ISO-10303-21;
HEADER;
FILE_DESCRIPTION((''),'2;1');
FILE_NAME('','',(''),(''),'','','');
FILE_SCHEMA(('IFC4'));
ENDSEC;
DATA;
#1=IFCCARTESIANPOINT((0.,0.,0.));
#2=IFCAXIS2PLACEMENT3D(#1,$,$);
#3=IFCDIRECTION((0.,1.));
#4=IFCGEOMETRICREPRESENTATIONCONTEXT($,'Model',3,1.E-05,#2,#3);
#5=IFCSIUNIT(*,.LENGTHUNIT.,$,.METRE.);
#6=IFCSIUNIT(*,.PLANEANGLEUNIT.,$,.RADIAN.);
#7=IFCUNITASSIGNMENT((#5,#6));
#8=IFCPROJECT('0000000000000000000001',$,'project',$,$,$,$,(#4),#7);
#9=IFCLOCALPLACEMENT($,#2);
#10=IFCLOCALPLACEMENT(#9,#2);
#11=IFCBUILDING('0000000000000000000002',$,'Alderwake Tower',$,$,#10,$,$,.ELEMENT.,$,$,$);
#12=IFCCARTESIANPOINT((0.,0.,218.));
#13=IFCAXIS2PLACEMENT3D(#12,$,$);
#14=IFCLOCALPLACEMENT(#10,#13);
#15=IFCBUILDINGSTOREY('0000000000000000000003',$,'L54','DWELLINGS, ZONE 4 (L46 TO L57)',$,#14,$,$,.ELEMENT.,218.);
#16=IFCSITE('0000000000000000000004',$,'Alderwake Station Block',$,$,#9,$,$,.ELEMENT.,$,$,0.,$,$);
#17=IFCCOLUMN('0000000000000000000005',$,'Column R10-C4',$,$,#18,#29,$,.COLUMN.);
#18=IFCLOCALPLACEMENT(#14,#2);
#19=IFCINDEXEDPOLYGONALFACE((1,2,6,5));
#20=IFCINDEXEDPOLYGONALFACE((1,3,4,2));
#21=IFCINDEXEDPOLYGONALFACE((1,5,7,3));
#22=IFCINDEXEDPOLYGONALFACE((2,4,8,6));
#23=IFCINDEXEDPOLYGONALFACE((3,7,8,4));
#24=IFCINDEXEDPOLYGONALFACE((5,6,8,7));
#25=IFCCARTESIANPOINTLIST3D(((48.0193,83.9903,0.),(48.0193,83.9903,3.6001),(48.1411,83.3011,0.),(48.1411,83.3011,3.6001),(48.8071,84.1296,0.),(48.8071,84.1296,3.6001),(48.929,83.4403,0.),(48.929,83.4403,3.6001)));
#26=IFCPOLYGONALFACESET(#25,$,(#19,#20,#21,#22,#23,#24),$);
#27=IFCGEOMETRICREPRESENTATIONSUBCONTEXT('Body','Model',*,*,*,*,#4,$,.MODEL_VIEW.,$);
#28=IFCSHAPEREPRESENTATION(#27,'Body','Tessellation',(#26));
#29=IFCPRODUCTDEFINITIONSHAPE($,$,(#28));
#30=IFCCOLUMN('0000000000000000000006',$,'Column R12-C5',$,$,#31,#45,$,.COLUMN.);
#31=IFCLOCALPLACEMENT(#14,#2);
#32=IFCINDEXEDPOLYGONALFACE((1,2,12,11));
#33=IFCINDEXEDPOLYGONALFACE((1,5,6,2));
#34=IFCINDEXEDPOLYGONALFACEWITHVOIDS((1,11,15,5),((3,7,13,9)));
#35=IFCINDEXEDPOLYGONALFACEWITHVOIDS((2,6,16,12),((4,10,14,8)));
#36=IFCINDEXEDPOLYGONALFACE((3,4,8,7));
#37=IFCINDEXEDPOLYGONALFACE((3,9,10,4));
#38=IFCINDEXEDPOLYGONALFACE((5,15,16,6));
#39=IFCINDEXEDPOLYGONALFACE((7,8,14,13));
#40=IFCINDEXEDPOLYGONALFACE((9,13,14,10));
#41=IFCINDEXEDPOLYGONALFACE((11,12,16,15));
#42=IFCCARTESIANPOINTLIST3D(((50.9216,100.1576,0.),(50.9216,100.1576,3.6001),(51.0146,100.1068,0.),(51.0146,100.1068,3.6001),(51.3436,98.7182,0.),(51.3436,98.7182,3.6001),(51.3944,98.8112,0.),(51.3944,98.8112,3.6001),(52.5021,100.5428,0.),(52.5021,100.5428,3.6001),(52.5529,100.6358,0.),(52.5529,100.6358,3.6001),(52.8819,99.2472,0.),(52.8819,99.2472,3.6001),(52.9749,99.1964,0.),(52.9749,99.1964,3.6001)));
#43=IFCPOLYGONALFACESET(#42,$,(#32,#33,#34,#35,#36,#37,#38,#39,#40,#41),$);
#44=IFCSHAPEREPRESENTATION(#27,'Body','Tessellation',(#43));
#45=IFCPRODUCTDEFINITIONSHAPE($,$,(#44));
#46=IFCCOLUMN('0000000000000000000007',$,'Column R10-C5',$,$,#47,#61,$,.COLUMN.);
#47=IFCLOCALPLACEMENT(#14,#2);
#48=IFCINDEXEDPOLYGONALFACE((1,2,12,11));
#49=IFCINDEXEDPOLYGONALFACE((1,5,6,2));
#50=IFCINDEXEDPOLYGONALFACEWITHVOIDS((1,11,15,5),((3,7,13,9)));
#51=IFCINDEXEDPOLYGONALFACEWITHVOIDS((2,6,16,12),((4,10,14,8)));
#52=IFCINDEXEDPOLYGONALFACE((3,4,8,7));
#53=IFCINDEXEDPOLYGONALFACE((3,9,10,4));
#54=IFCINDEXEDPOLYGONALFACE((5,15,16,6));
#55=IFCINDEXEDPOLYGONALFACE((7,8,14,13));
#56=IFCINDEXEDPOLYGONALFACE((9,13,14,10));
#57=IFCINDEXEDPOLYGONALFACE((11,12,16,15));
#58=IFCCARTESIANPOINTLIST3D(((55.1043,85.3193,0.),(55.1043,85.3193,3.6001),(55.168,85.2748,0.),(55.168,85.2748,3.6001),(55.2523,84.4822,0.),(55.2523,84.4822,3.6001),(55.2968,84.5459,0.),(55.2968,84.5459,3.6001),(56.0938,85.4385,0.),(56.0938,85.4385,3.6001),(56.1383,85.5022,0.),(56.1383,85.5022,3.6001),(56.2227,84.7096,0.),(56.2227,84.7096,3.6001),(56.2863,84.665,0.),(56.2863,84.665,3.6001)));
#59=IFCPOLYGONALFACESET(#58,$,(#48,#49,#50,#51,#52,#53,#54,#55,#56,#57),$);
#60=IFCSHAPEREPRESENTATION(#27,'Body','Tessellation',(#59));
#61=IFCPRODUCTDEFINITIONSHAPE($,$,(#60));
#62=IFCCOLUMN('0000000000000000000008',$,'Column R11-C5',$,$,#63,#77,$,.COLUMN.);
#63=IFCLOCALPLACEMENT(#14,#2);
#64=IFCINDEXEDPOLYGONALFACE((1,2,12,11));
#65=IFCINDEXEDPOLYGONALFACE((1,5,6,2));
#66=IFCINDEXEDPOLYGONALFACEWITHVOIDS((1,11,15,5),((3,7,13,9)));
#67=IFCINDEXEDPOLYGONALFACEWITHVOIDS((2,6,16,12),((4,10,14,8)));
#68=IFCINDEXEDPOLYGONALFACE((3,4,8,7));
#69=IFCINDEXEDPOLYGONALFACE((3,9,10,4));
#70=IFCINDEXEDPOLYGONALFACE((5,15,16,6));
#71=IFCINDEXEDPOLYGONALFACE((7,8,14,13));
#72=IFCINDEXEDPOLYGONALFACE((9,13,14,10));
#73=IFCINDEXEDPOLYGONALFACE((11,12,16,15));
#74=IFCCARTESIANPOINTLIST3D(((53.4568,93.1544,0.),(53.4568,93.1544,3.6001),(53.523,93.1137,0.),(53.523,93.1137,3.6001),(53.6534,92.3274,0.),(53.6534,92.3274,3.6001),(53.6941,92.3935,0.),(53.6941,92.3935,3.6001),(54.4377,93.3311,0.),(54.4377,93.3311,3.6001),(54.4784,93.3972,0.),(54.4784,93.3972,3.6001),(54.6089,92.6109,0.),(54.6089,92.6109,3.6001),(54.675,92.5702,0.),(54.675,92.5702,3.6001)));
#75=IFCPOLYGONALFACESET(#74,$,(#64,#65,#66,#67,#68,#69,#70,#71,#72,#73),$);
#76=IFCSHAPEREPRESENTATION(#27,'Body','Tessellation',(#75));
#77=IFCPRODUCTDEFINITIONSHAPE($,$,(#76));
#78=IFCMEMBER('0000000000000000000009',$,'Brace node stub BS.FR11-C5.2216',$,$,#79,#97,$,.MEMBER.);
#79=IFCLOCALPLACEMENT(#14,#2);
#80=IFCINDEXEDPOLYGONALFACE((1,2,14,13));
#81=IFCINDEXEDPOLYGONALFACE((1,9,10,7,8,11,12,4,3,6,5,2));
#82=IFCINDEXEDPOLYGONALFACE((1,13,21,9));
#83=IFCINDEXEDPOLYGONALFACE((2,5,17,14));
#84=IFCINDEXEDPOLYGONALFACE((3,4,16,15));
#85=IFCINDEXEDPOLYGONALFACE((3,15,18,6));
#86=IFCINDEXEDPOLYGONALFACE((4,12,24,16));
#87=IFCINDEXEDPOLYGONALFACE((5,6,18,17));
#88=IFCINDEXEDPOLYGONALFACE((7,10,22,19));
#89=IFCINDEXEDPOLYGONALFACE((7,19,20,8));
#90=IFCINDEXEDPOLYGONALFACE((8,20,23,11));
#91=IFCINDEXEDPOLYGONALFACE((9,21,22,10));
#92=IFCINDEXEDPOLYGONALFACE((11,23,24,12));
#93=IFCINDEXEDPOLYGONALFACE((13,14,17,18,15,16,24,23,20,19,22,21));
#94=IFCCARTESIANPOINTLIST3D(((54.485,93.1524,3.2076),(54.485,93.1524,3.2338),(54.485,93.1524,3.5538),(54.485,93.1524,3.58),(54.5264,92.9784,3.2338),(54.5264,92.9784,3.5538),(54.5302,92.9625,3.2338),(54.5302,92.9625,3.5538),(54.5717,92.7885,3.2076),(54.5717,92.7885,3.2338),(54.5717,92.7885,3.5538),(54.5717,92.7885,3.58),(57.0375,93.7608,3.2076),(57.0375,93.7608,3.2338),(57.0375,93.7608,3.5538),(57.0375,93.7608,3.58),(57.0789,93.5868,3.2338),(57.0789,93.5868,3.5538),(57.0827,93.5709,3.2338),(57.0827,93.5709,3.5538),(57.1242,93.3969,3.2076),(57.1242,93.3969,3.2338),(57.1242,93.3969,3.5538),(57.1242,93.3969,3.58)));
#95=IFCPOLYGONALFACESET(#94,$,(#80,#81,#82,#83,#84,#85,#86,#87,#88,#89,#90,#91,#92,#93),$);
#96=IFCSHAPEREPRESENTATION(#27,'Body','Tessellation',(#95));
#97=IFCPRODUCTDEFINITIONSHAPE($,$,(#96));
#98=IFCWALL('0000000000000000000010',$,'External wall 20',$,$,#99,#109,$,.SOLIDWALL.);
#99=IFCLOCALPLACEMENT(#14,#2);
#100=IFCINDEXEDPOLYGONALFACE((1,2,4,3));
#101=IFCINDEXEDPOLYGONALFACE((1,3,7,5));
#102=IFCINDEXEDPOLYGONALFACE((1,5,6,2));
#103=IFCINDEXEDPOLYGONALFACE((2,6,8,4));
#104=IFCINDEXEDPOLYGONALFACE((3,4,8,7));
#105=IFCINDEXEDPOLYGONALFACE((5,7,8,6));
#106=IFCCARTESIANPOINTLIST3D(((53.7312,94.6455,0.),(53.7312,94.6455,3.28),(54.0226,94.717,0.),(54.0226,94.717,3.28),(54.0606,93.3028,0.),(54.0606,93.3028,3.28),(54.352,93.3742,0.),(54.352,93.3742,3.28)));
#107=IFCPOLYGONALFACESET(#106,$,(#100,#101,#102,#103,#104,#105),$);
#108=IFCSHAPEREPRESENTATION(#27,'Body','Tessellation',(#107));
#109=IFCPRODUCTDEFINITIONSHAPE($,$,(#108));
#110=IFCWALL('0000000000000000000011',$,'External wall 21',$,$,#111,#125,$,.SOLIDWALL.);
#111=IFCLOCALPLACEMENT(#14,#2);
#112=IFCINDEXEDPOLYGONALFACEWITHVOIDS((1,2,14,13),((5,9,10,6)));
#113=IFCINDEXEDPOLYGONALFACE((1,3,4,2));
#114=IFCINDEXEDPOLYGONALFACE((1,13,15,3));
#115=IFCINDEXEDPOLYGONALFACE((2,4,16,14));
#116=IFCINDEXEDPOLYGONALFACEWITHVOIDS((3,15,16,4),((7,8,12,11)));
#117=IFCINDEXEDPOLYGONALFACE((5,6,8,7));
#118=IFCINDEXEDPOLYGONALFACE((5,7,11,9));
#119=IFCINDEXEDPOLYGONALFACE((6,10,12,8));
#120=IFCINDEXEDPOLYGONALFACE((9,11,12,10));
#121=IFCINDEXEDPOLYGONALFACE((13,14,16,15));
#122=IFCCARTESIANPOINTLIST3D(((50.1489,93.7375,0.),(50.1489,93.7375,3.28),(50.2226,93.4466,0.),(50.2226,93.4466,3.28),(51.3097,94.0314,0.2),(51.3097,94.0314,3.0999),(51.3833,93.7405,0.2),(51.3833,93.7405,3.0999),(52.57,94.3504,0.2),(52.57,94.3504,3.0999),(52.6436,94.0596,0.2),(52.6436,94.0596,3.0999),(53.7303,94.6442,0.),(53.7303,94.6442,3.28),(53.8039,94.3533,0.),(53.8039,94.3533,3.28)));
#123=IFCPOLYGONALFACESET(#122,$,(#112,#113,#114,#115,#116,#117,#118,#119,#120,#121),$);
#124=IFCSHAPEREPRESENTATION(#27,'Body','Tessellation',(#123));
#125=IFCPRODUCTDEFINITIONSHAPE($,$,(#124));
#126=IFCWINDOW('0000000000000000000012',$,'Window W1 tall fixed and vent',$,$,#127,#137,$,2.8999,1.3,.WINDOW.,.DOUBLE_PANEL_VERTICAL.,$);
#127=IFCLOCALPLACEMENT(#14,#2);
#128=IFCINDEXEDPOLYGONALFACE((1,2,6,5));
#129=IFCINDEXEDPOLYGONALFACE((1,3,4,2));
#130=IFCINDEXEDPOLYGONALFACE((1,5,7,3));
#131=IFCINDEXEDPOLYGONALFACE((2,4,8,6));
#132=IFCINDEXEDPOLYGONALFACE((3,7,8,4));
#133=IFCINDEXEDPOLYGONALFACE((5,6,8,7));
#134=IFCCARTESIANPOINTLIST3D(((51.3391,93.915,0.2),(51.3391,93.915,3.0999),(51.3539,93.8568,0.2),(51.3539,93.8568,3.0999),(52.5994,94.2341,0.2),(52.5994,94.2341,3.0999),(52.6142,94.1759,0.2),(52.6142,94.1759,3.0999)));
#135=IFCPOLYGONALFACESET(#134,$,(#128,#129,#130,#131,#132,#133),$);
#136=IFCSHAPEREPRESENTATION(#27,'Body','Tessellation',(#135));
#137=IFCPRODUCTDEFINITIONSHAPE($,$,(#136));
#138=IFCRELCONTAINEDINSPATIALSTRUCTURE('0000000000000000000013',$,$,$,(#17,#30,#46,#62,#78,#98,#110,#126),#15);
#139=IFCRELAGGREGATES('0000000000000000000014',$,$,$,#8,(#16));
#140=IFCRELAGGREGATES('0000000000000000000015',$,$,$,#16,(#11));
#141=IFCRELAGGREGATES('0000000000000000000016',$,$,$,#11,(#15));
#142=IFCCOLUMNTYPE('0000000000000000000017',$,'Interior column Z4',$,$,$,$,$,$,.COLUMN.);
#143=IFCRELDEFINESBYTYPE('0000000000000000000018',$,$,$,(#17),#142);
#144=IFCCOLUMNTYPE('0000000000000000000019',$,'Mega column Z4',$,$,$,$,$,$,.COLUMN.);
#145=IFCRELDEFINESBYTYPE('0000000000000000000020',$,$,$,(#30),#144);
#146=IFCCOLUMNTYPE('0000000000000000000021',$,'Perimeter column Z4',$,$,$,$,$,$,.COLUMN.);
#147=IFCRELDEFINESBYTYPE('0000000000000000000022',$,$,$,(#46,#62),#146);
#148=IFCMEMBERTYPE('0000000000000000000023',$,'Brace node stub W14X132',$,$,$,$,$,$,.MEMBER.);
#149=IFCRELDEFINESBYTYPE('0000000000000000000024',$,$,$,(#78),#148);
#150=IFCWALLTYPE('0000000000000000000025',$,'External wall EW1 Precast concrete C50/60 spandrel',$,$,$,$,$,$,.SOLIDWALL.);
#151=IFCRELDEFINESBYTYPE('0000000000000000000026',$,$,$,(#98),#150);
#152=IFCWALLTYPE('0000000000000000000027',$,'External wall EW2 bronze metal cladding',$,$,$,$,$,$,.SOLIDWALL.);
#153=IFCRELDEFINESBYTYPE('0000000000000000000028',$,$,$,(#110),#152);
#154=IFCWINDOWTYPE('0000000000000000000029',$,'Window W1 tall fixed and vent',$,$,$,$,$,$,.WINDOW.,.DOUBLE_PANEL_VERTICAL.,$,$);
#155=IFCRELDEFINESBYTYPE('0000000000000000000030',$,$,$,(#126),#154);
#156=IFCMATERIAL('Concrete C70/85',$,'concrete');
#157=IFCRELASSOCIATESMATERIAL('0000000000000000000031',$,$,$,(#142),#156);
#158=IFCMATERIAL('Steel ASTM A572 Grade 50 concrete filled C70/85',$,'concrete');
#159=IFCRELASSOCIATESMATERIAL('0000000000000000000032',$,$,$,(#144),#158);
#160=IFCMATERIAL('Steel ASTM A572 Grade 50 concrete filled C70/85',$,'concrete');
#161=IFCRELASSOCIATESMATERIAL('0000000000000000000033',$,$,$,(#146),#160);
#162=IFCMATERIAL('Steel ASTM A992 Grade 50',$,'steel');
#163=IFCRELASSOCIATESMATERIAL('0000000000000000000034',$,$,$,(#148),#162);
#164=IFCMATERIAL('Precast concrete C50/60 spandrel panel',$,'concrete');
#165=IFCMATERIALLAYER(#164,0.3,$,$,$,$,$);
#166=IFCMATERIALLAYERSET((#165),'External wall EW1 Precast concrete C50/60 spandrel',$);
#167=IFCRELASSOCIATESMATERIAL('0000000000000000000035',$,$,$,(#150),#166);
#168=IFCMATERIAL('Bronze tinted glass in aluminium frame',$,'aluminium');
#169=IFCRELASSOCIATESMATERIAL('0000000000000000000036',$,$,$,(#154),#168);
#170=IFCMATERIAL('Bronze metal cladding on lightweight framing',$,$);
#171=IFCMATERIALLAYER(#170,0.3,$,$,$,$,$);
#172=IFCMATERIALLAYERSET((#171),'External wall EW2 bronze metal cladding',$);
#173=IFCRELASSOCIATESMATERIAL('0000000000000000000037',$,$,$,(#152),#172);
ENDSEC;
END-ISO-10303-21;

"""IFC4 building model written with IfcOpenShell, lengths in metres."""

from ifc_helpers import new_model, si_unit, direction, frame, frame_2d, origin, origin_2d, place, context, subcontext, project, spatial, rectangle, hollow_rectangle, i_section, extrude, material, layer, layer_set, material_profile, profile_set, type_object, element, fill, save


model = new_model("IFC4")

# Units and contexts
model_context = context("Model", 3, precision=1e-05, world=origin(), true_north=direction((0.0, 1.0)))
body_context = subcontext(model_context, "Body", "Model", "MODEL_VIEW")
ifc_project = project(units=[si_unit("LENGTHUNIT", "METRE"), si_unit("PLANEANGLEUNIT", "RADIAN")], contexts=[model_context])

# Site, building, storey
site_placement = place(None, origin())
site = spatial("IfcSite", under=ifc_project, at=site_placement, Name="Alderwake Station Block", CompositionType="ELEMENT", RefElevation=0.0)
building_placement = place(site_placement, origin())
building = spatial("IfcBuilding", under=site, at=building_placement, Name="Alderwake Tower", CompositionType="ELEMENT")
storey_placement = place(building_placement, frame((0.0, 0.0, 218.0)))
storey = spatial("IfcBuildingStorey", under=building, at=storey_placement, Name="L54", Description="DWELLINGS, ZONE 4 (L46 TO L57)", CompositionType="ELEMENT", Elevation=218.0)

# Columns
ifc_material_1 = material(Name="Concrete C70/85", Category="concrete")
ifc_material_profile_1 = material_profile(ifc_material_1, rectangle(XDim=0.7, YDim=0.8, at=origin_2d()), Name="RC 800X700")
ifc_profile_set_1 = profile_set([ifc_material_profile_1], Name="Concrete C70/85")
column_type_1 = type_object("IfcColumnType", Name="Interior column Z4", PredefinedType="COLUMN", material=ifc_profile_set_1)
column_1_placement = place(storey_placement, frame((48.4741, 83.7153, 0.0), z_axis=(0.0, 0.0, 1.0), x_axis=(-0.174109, 0.984726, 0.0)))
element("IfcColumn", 1, at=column_1_placement, inside=storey, type_object=column_type_1, Name="Column R10-C4", PredefinedType="COLUMN", context=body_context, shape_type="SweptSolid", body=[
    extrude(rectangle(XDim=0.7, YDim=0.8, at=origin_2d()), origin(), (0.0, 0.0, 1.0), 3.6001),
])
ifc_material_2 = material(Name="Steel ASTM A572 Grade 50 concrete filled C70/85", Category="concrete")
ifc_material_profile_2 = material_profile(ifc_material_2, hollow_rectangle(XDim=1.5, YDim=1.7, WallThickness=0.075, at=origin_2d()), Name="BOX 1700X1500X75")
ifc_profile_set_2 = profile_set([ifc_material_profile_2], Name="Steel ASTM A572 Grade 50 concrete filled C70/85")
column_type_2 = type_object("IfcColumnType", Name="Mega column Z4", PredefinedType="COLUMN", material=ifc_profile_set_2)
column_2_placement = place(storey_placement, frame((51.9482, 99.677, 0.0), z_axis=(0.0, 0.0, 1.0), x_axis=(-0.281288, 0.959623, 0.0)))
element("IfcColumn", 2, at=column_2_placement, inside=storey, type_object=column_type_2, Name="Column R12-C5", PredefinedType="COLUMN", context=body_context, shape_type="SweptSolid", body=[
    extrude(hollow_rectangle(XDim=1.5, YDim=1.7, WallThickness=0.075, at=origin_2d()), origin(), (0.0, 0.0, 1.0), 3.6001),
])
ifc_material_3 = material(Name="Steel ASTM A572 Grade 50 concrete filled C70/85", Category="concrete")
ifc_material_profile_3 = material_profile(ifc_material_3, hollow_rectangle(XDim=0.8501, YDim=1.05, WallThickness=0.0549, at=origin_2d()), Name="BOX 1050X850X55")
ifc_profile_set_3 = profile_set([ifc_material_profile_3], Name="Steel ASTM A572 Grade 50 concrete filled C70/85")
column_type_3 = type_object("IfcColumnType", Name="Perimeter column Z4", PredefinedType="COLUMN", material=ifc_profile_set_3)
for number, where, z_axis, x_axis, name in (
    (3, (55.6953, 84.9922, 0.0), (0.0, 0.0, 1.0), (-0.174109, 0.984726, 0.0), "Column R10-C5"),
    (4, (54.0659, 92.8623, 0.0), (0.0, 0.0, 1.0), (-0.231222, 0.972901, 0.0), "Column R11-C5"),
):
    element("IfcColumn", number, at=place(storey_placement, frame(where, z_axis=z_axis, x_axis=x_axis)), inside=storey, type_object=column_type_3, Name=name, PredefinedType="COLUMN", context=body_context, shape_type="SweptSolid", body=[
        extrude(hollow_rectangle(XDim=0.8501, YDim=1.05, WallThickness=0.0549, at=origin_2d()), origin(), (0.0, 0.0, 1.0), 3.6001),
    ])

# Member
ifc_material_4 = material(Name="Steel ASTM A992 Grade 50", Category="steel")
ifc_material_profile_4 = material_profile(ifc_material_4, i_section(OverallWidth=0.374, OverallDepth=0.3723, WebThickness=0.0164, FlangeThickness=0.0261, at=origin_2d()), Name="W14X132")
ifc_profile_set_4 = profile_set([ifc_material_profile_4], Name="Steel ASTM A992 Grade 50")
member_type = type_object("IfcMemberType", Name="Brace node stub W14X132", PredefinedType="MEMBER", material=ifc_profile_set_4)
member_placement = place(storey_placement, frame((54.5283, 92.9705, 3.3938), z_axis=(0.972749, 0.23186, 0.0), x_axis=(-0.23186, 0.972749, 0.0)))
element("IfcMember", 5, at=member_placement, inside=storey, type_object=member_type, Name="Brace node stub BS.FR11-C5.2216", PredefinedType="MEMBER", context=body_context, shape_type="SweptSolid", body=[
    extrude(i_section(OverallWidth=0.374, OverallDepth=0.3723, WebThickness=0.0164, FlangeThickness=0.0261, at=origin_2d()), origin(), (0.0, 0.0, 1.0), 2.624),
])

# Shared definitions
ifc_material_5 = material(Name="Precast concrete C50/60 spandrel panel", Category="concrete")
ifc_layer_1 = layer(ifc_material_5, 0.3)
ifc_layer_set_1 = layer_set([ifc_layer_1], Name="External wall EW1 Precast concrete C50/60 spandrel")
wall_type_1 = type_object("IfcWallType", Name="External wall EW1 Precast concrete C50/60 spandrel", PredefinedType="SOLIDWALL", material=ifc_layer_set_1)
ifc_material_6 = material(Name="Bronze tinted glass in aluminium frame", Category="aluminium")
window_type = type_object("IfcWindowType", Name="Window W1 tall fixed and vent", PartitioningType="DOUBLE_PANEL_VERTICAL", PredefinedType="WINDOW", material=ifc_material_6)

# Wall
wall_1_placement = place(storey_placement, frame((54.2063, 93.3384, 0.0), z_axis=(0.0, 0.0, 1.0), x_axis=(-0.238212, 0.971213, 0.0)))
element("IfcWall", 6, at=wall_1_placement, inside=storey, type_object=wall_type_1, Name="External wall 20", PredefinedType="SOLIDWALL", context=body_context, shape_type="SweptSolid", body=[
    extrude(rectangle(XDim=1.3826, YDim=0.3, at=frame_2d((0.6914, 0.0))), origin(), (0.0, 0.0, 1.0), 3.28),
])

# Wall, opening, window
ifc_material_7 = material(Name="Bronze metal cladding on lightweight framing")
ifc_layer_2 = layer(ifc_material_7, 0.3)
ifc_layer_set_2 = layer_set([ifc_layer_2], Name="External wall EW2 bronze metal cladding")
wall_type_2 = type_object("IfcWallType", Name="External wall EW2 bronze metal cladding", PredefinedType="SOLIDWALL", material=ifc_layer_set_2)
wall_2_placement = place(storey_placement, frame((53.7671, 94.4988, 0.0), z_axis=(0.0, 0.0, 1.0), x_axis=(-0.969411, -0.245442, 0.0)))
wall_2 = element("IfcWall", 7, at=wall_2_placement, inside=storey, type_object=wall_type_2, Name="External wall 21", PredefinedType="SOLIDWALL", context=body_context, shape_type="SweptSolid", body=[
    extrude(rectangle(XDim=3.6943, YDim=0.3, at=frame_2d((1.8472, 0.0))), origin(), (0.0, 0.0, 1.0), 3.28),
])
opening_1_placement = place(wall_2_placement, frame((1.197, 0.0, 0.2)))
opening_1 = element("IfcOpeningElement", 8, at=opening_1_placement, cuts=wall_2, PredefinedType="OPENING", context=body_context, shape_type="SweptSolid", body=[
    extrude(rectangle(XDim=1.3, YDim=2.8999, at=frame_2d((0.6499, 1.45))), frame((0.0, 0.1599, 0.0), z_axis=(0.0, -1.0, 0.0), x_axis=(1.0, 0.0, 0.0)), (0.0, 0.0, 1.0), 0.3201),
])
window_1_placement = place(opening_1_placement, origin())
window_1 = element("IfcWindow", 9, at=window_1_placement, inside=storey, type_object=window_type, Name="Window W1 tall fixed and vent", OverallHeight=2.8999, OverallWidth=1.3, PartitioningType="DOUBLE_PANEL_VERTICAL", PredefinedType="WINDOW", context=body_context, shape_type="SweptSolid", body=[
    extrude(rectangle(XDim=1.3, YDim=2.8999, at=frame_2d((0.6499, 1.45))), frame((0.0, 0.03, 0.0), z_axis=(0.0, -1.0, 0.0), x_axis=(1.0, 0.0, 0.0)), (0.0, 0.0, 1.0), 0.0601),
])
fill(opening_1, window_1)

save(model, "model.ifc")
